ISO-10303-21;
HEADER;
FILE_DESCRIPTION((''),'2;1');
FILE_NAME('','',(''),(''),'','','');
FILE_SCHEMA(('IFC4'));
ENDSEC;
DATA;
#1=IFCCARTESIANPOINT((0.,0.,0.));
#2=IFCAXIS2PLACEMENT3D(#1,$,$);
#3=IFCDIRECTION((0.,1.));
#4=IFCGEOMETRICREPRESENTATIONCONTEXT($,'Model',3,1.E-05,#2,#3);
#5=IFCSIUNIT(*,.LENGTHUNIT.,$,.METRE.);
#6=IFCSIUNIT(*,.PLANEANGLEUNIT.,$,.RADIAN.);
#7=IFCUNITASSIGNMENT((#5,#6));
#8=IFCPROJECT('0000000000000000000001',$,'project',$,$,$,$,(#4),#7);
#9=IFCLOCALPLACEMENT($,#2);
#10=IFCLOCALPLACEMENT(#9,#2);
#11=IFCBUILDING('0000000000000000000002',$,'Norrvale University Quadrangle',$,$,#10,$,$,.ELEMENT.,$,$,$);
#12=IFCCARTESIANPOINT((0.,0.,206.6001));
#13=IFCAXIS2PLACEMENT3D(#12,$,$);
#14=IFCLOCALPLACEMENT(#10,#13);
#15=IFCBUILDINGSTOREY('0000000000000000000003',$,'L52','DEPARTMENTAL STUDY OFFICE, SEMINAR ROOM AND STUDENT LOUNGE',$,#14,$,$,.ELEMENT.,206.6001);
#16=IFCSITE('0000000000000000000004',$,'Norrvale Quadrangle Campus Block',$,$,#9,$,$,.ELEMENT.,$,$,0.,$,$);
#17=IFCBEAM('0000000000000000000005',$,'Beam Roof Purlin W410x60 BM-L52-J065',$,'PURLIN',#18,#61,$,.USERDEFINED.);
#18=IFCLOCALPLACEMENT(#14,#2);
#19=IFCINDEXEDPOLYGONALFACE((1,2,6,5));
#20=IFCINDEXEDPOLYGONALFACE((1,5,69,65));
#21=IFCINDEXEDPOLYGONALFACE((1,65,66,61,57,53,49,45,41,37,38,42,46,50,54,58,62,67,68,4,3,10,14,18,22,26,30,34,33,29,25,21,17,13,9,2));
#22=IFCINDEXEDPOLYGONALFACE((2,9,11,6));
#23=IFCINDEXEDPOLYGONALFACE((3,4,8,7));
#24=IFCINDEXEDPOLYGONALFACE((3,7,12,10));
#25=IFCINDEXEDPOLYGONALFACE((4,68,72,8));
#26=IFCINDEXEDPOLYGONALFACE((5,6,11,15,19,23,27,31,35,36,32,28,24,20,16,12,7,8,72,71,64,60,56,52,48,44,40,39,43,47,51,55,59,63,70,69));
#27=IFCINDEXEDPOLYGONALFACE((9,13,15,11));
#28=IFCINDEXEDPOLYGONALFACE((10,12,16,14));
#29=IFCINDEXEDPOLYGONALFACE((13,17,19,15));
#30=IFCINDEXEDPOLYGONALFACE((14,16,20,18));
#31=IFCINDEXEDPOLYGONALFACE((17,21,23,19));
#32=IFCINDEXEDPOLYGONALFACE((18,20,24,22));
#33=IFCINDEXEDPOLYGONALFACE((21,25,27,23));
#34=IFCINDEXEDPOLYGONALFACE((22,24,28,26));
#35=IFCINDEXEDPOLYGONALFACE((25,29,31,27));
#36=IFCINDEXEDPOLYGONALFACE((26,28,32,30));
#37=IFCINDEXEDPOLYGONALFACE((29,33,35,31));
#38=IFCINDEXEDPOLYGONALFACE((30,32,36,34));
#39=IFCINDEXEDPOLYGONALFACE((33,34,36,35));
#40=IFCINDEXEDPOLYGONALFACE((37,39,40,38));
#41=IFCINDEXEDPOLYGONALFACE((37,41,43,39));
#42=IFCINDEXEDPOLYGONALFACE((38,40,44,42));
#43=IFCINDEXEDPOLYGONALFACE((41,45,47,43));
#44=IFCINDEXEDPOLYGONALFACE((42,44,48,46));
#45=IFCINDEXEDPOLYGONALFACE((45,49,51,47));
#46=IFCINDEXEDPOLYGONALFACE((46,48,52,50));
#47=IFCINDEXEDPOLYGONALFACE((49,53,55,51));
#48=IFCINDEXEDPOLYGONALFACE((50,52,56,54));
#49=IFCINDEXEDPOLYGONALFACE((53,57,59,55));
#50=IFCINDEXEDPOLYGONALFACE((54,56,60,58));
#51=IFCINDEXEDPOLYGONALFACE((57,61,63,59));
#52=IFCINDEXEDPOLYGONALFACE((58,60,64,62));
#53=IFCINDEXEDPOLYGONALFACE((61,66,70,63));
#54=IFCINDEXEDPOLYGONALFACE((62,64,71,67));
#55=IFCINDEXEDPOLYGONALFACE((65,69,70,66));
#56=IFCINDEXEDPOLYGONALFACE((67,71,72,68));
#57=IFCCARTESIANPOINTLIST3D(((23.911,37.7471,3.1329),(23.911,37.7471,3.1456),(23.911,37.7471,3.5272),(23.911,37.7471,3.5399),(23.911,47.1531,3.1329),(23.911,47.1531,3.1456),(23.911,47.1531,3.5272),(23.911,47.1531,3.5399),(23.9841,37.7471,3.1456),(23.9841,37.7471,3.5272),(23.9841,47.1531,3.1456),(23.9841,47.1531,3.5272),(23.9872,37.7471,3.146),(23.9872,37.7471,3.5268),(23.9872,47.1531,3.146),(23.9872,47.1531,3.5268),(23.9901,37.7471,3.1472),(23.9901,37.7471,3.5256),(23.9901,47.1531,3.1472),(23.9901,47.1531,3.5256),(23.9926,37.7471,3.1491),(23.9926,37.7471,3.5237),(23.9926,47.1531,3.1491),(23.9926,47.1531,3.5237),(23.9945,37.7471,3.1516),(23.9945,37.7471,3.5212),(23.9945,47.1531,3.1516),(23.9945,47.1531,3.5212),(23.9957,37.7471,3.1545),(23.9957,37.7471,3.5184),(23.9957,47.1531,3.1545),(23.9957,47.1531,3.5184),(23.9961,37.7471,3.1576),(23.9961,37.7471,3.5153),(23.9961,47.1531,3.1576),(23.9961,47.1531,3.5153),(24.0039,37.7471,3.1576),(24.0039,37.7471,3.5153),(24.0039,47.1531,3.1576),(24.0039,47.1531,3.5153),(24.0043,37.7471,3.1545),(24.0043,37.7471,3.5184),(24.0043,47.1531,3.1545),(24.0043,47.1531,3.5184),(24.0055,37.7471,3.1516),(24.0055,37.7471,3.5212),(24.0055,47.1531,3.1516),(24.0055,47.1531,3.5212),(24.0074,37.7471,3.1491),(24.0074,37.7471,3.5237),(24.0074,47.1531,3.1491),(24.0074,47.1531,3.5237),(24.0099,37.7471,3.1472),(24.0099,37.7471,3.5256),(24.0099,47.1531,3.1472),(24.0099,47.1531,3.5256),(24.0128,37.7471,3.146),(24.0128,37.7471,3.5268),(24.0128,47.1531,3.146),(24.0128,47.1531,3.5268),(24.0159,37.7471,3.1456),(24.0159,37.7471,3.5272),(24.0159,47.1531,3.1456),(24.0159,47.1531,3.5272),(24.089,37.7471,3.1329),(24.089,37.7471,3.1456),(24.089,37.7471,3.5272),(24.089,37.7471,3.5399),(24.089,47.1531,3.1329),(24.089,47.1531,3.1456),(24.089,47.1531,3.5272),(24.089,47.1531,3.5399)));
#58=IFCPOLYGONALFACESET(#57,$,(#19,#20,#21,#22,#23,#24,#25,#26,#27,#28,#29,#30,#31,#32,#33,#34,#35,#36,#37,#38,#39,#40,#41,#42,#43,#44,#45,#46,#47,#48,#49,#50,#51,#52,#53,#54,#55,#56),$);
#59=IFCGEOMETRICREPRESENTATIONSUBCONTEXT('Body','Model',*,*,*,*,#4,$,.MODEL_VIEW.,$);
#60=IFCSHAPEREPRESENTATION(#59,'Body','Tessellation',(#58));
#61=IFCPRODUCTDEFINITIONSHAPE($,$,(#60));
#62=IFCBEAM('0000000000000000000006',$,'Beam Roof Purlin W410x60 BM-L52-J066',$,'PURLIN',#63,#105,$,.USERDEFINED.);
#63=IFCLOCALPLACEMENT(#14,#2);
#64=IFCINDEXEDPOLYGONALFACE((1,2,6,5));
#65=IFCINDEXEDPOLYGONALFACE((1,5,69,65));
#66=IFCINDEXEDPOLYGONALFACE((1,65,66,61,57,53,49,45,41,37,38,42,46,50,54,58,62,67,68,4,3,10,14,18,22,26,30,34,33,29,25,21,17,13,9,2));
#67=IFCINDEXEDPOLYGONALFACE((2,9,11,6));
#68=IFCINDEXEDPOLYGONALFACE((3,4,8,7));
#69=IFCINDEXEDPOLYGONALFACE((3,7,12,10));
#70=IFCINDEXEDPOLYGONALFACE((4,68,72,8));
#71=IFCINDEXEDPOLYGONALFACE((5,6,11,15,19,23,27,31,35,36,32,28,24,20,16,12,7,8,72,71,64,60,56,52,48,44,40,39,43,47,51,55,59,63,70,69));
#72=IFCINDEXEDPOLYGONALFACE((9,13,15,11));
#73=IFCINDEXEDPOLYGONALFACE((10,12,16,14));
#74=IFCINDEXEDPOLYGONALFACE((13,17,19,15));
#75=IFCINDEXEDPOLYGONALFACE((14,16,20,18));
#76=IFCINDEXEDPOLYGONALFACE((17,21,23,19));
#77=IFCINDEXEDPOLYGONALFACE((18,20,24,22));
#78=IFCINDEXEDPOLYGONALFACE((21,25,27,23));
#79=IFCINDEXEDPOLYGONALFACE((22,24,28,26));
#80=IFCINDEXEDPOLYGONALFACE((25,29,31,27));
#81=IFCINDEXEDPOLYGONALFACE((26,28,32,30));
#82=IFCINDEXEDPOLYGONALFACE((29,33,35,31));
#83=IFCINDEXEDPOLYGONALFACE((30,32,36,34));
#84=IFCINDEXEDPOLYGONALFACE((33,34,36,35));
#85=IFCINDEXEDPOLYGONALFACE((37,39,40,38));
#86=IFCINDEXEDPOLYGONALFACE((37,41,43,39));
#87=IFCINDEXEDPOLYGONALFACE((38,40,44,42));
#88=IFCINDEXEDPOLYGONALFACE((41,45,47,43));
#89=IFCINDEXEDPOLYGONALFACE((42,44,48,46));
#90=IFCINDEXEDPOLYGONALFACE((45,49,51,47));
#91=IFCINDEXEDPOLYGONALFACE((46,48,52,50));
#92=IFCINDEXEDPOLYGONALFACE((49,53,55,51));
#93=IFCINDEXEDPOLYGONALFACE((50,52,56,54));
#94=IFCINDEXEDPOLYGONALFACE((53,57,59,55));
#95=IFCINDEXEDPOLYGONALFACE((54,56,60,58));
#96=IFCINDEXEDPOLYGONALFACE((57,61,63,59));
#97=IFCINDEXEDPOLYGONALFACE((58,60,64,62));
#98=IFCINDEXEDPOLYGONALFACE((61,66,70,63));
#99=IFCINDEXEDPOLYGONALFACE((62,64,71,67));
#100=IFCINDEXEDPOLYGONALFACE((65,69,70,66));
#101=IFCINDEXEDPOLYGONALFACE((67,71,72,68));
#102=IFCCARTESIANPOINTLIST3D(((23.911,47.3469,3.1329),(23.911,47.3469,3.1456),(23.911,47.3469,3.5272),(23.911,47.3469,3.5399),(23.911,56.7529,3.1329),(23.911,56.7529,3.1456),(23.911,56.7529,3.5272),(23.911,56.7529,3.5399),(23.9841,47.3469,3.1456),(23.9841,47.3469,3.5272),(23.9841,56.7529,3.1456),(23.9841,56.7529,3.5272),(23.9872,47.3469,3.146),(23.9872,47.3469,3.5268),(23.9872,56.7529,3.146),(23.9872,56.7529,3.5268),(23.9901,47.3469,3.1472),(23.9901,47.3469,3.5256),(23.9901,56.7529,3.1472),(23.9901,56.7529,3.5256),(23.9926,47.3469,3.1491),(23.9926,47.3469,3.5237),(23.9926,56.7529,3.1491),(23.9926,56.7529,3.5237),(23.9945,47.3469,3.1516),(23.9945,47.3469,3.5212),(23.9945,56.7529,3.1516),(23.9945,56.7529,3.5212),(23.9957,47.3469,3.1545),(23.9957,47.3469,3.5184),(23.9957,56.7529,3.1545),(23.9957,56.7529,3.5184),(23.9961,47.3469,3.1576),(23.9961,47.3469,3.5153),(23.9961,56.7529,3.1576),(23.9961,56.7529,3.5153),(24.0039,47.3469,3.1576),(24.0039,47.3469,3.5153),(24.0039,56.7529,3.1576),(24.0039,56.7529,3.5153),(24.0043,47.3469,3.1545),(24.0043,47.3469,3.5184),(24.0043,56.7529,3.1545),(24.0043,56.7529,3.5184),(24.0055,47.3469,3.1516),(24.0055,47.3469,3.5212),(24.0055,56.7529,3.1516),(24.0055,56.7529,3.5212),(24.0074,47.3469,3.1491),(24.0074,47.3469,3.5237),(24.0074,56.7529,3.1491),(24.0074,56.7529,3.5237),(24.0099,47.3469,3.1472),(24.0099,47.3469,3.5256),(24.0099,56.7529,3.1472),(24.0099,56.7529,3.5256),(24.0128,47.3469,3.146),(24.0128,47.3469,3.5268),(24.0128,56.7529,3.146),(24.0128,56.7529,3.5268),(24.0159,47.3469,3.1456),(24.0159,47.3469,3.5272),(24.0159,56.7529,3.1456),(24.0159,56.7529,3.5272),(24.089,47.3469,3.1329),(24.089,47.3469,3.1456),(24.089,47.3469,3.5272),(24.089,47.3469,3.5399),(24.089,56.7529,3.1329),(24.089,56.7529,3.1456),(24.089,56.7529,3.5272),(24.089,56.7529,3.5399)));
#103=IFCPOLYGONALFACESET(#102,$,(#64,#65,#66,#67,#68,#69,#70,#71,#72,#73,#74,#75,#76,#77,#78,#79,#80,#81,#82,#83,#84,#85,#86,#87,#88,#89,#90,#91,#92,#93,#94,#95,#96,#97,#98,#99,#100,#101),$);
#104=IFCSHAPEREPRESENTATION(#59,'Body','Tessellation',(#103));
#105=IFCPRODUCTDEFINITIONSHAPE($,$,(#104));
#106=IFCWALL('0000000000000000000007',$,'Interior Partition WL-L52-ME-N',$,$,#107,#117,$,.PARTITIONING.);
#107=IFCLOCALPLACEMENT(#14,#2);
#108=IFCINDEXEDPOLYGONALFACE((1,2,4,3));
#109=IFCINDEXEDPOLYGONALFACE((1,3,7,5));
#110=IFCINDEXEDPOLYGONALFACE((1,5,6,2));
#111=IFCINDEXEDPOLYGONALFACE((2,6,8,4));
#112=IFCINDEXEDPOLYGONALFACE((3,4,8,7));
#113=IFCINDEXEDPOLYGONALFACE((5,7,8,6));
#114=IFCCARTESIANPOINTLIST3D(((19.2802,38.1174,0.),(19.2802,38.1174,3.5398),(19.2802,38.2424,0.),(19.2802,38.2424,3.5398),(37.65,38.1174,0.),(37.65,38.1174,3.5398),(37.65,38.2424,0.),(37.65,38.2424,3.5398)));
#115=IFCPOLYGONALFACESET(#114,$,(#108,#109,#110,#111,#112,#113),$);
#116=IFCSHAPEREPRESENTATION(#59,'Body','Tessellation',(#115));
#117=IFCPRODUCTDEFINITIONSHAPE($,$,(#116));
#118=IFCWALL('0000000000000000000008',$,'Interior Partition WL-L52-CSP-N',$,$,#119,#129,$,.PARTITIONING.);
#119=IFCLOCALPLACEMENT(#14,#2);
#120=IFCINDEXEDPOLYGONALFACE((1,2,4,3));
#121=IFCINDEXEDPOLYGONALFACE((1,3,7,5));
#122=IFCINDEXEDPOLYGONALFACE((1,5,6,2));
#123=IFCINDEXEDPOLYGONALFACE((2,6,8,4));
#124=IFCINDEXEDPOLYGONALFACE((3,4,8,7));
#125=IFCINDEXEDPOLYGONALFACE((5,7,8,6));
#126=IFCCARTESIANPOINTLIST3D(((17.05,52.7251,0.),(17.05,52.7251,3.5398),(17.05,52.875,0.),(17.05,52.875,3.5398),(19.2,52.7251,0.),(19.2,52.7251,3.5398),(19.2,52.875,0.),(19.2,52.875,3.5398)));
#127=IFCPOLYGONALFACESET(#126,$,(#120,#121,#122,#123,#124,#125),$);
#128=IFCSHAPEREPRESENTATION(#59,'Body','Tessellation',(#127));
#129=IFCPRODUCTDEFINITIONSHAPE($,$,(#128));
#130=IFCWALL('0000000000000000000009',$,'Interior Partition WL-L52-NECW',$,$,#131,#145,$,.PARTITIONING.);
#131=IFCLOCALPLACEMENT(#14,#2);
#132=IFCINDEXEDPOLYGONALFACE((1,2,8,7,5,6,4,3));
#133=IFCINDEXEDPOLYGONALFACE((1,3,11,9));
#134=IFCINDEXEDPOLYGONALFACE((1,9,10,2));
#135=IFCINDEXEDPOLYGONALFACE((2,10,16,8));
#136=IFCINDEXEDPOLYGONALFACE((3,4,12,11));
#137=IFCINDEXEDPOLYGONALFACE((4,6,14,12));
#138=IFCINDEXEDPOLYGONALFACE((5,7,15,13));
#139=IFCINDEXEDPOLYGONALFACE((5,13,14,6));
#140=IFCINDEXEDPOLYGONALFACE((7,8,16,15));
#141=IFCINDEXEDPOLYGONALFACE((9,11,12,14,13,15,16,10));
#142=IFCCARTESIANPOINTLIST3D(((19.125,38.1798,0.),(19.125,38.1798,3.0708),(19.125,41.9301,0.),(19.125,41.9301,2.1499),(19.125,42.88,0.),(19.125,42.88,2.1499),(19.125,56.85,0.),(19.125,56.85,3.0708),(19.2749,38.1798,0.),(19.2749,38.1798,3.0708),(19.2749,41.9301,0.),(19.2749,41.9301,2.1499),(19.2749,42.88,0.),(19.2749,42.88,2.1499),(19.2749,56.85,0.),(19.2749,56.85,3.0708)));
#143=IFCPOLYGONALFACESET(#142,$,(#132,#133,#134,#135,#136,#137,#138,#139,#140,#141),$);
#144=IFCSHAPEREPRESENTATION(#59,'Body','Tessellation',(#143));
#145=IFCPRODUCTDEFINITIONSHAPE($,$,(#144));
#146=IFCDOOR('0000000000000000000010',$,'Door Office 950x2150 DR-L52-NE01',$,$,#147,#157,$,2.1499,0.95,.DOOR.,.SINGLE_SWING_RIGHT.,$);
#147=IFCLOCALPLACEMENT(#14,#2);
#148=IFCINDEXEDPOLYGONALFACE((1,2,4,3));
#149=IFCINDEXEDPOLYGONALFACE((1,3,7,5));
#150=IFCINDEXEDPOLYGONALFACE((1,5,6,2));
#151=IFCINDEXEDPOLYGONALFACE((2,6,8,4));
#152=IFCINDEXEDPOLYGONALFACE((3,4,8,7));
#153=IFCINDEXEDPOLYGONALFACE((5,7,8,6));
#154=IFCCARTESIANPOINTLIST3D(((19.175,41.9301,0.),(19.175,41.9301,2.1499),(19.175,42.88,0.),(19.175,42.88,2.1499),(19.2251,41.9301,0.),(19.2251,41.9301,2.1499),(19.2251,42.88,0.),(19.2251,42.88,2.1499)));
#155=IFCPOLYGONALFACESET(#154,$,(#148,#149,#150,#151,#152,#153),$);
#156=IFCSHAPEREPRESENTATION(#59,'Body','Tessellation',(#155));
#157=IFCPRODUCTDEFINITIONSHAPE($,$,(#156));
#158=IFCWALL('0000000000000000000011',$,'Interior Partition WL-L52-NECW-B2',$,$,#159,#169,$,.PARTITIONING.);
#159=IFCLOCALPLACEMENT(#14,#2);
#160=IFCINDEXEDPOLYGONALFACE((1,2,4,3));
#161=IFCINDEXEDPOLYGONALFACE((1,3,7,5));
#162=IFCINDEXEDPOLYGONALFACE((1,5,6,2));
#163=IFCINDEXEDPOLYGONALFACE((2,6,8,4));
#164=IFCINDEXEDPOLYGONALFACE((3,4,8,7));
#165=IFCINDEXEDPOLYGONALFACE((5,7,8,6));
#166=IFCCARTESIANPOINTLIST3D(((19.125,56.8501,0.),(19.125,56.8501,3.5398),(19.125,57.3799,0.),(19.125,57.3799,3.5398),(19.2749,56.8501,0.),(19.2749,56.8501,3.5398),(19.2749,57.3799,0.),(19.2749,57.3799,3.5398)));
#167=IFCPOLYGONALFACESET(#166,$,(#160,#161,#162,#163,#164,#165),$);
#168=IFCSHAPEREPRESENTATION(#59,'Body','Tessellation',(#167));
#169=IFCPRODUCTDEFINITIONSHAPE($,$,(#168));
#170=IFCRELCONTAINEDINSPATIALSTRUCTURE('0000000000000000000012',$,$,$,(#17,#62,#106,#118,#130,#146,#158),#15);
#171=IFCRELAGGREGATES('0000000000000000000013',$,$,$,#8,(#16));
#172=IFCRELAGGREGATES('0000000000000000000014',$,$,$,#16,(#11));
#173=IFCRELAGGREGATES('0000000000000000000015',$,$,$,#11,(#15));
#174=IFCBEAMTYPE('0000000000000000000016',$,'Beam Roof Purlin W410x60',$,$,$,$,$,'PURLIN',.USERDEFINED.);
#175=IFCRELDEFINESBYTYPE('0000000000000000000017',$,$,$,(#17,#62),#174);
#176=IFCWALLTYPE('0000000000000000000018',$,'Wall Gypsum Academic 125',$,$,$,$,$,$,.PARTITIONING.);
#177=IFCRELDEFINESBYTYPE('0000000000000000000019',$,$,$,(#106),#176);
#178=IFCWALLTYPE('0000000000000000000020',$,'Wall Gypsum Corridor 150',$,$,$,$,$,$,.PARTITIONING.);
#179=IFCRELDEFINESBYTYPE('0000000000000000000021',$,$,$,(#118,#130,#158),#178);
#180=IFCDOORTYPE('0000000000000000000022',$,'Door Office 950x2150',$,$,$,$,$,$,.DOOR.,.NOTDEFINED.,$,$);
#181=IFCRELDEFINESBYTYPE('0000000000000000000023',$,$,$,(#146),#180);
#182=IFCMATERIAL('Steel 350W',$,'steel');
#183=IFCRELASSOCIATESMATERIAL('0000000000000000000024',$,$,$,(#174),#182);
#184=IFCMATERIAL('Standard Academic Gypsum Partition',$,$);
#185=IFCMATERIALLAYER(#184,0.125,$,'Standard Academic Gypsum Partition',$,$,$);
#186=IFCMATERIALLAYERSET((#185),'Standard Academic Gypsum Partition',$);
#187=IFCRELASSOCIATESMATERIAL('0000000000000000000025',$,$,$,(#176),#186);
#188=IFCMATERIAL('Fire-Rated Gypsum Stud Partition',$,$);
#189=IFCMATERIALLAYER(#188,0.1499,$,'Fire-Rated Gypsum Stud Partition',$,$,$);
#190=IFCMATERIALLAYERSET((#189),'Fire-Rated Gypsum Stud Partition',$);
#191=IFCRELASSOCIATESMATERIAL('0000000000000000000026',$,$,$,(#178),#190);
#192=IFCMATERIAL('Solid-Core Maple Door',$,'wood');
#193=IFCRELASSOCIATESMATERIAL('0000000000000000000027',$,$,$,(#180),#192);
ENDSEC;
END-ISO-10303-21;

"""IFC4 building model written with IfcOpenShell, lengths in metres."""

from ifc_helpers import new_model, si_unit, direction, frame, frame_2d, origin, origin_2d, place, context, subcontext, project, spatial, rectangle, i_section, extrude, material, layer, layer_set, material_profile, profile_set, type_object, element, fill, save


model = new_model("IFC4")

# Units and contexts
model_context = context("Model", 3, precision=1e-05, world=origin(), true_north=direction((0.0, 1.0)))
body_context = subcontext(model_context, "Body", "Model", "MODEL_VIEW")
ifc_project = project(units=[si_unit("LENGTHUNIT", "METRE"), si_unit("PLANEANGLEUNIT", "RADIAN")], contexts=[model_context])

# Site, building, storey
site_placement = place(None, origin())
site = spatial("IfcSite", under=ifc_project, at=site_placement, Name="Norrvale Quadrangle Campus Block", CompositionType="ELEMENT", RefElevation=0.0)
building_placement = place(site_placement, origin())
building = spatial("IfcBuilding", under=site, at=building_placement, Name="Norrvale University Quadrangle", CompositionType="ELEMENT")
storey_placement = place(building_placement, frame((0.0, 0.0, 206.6001)))
storey = spatial("IfcBuildingStorey", under=building, at=storey_placement, Name="L52", Description="DEPARTMENTAL STUDY OFFICE, SEMINAR ROOM AND STUDENT LOUNGE", CompositionType="ELEMENT", Elevation=206.6001)

# Beams
ifc_material_1 = material(Name="Steel 350W", Category="steel")
ifc_material_profile_1 = material_profile(ifc_material_1, i_section(OverallWidth=0.178, OverallDepth=0.407, WebThickness=0.0078, FlangeThickness=0.0127, FilletRadius=0.012, at=origin_2d()), Name="Steel 350W")
ifc_profile_set_1 = profile_set([ifc_material_profile_1], Name="Steel 350W")
beam_type_1 = type_object("IfcBeamType", Name="Beam Roof Purlin W410x60", ElementType="PURLIN", PredefinedType="USERDEFINED", material=ifc_profile_set_1)
for number, where, z_axis, x_axis, name in (
    (1, (24.0, 37.7471, 3.3364), (0.0, 1.0, 0.0), (-1.0, 0.0, 0.0), "Beam Roof Purlin W410x60 BM-L52-J065"),
    (2, (24.0, 47.3469, 3.3364), (0.0, 1.0, 0.0), (-1.0, 0.0, 0.0), "Beam Roof Purlin W410x60 BM-L52-J066"),
):
    element("IfcBeam", number, at=place(storey_placement, frame(where, z_axis=z_axis, x_axis=x_axis)), inside=storey, type_object=beam_type_1, Name=name, ObjectType="PURLIN", PredefinedType="USERDEFINED", context=body_context, shape_type="SweptSolid", body=[
        extrude(i_section(OverallWidth=0.178, OverallDepth=0.407, WebThickness=0.0078, FlangeThickness=0.0127, FilletRadius=0.012, at=origin_2d()), origin(), (0.0, 0.0, 1.0), 9.406),
    ])

# Walls
ifc_material_2 = material(Name="Standard Academic Gypsum Partition")
ifc_layer_1 = layer(ifc_material_2, 0.125, Name="Standard Academic Gypsum Partition")
ifc_layer_set_1 = layer_set([ifc_layer_1], Name="Standard Academic Gypsum Partition")
wall_type_1 = type_object("IfcWallType", Name="Wall Gypsum Academic 125", PredefinedType="PARTITIONING", material=ifc_layer_set_1)
wall_1_placement = place(storey_placement, frame((19.28, 38.1799, 0.0), z_axis=(0.0, 0.0, 1.0), x_axis=(1.0, 0.0, 0.0)))
element("IfcWall", 3, at=wall_1_placement, inside=storey, type_object=wall_type_1, Name="Interior Partition WL-L52-ME-N", PredefinedType="PARTITIONING", context=body_context, shape_type="SweptSolid", body=[
    extrude(rectangle(XDim=18.3699, YDim=0.125, at=frame_2d((9.1851, 0.0))), origin(), (0.0, 0.0, 1.0), 3.5398),
])
ifc_material_3 = material(Name="Fire-Rated Gypsum Stud Partition")
ifc_layer_2 = layer(ifc_material_3, 0.1499, Name="Fire-Rated Gypsum Stud Partition")
ifc_layer_set_2 = layer_set([ifc_layer_2], Name="Fire-Rated Gypsum Stud Partition")
wall_type_2 = type_object("IfcWallType", Name="Wall Gypsum Corridor 150", PredefinedType="PARTITIONING", material=ifc_layer_set_2)
wall_2_placement = place(storey_placement, frame((17.05, 52.8, 0.0), z_axis=(0.0, 0.0, 1.0), x_axis=(1.0, 0.0, 0.0)))
element("IfcWall", 4, at=wall_2_placement, inside=storey, type_object=wall_type_2, Name="Interior Partition WL-L52-CSP-N", PredefinedType="PARTITIONING", context=body_context, shape_type="SweptSolid", body=[
    extrude(rectangle(XDim=2.1499, YDim=0.1499, at=frame_2d((1.075, 0.0))), origin(), (0.0, 0.0, 1.0), 3.5398),
])

# Wall, opening, door
wall_3_placement = place(storey_placement, frame((19.2, 38.1799, 0.0), z_axis=(0.0, 0.0, 1.0), x_axis=(0.0, 1.0, 0.0)))
wall_3 = element("IfcWall", 5, at=wall_3_placement, inside=storey, type_object=wall_type_2, Name="Interior Partition WL-L52-NECW", PredefinedType="PARTITIONING", context=body_context, shape_type="SweptSolid", body=[
    extrude(rectangle(XDim=18.6702, YDim=0.1499, at=frame_2d((9.335, 0.0))), origin(), (0.0, 0.0, 1.0), 3.0708),
])
opening_1_placement = place(wall_3_placement, frame((3.75, 0.0, 0.0)))
opening_1 = element("IfcOpeningElement", 6, at=opening_1_placement, cuts=wall_3, PredefinedType="OPENING", context=body_context, shape_type="SweptSolid", body=[
    extrude(rectangle(XDim=0.95, YDim=2.1499, at=frame_2d((0.4751, 1.075))), frame((0.0, 0.0869, 0.0), z_axis=(0.0, -1.0, 0.0), x_axis=(1.0, 0.0, 0.0)), (0.0, 0.0, 1.0), 0.1738),
])
ifc_material_4 = material(Name="Solid-Core Maple Door", Category="wood")
door_type = type_object("IfcDoorType", Name="Door Office 950x2150", OperationType="NOTDEFINED", PredefinedType="DOOR", material=ifc_material_4)
door_1_placement = place(opening_1_placement, origin())
door_1 = element("IfcDoor", 7, at=door_1_placement, inside=storey, type_object=door_type, Name="Door Office 950x2150 DR-L52-NE01", OperationType="SINGLE_SWING_RIGHT", OverallHeight=2.1499, OverallWidth=0.95, PredefinedType="DOOR", context=body_context, shape_type="SweptSolid", body=[
    extrude(rectangle(XDim=0.95, YDim=2.1499, at=frame_2d((0.4751, 1.075))), frame((0.0, 0.0249, 0.0), z_axis=(0.0, -1.0, 0.0), x_axis=(1.0, 0.0, 0.0)), (0.0, 0.0, 1.0), 0.05),
])
fill(opening_1, door_1)

# Wall
wall_4_placement = place(storey_placement, frame((19.2, 56.8501, 0.0), z_axis=(0.0, 0.0, 1.0), x_axis=(0.0, 1.0, 0.0)))
element("IfcWall", 8, at=wall_4_placement, inside=storey, type_object=wall_type_2, Name="Interior Partition WL-L52-NECW-B2", PredefinedType="PARTITIONING", context=body_context, shape_type="SweptSolid", body=[
    extrude(rectangle(XDim=0.5298, YDim=0.1499, at=frame_2d((0.2649, 0.0))), origin(), (0.0, 0.0, 1.0), 3.5398),
])

save(model, "model.ifc")
